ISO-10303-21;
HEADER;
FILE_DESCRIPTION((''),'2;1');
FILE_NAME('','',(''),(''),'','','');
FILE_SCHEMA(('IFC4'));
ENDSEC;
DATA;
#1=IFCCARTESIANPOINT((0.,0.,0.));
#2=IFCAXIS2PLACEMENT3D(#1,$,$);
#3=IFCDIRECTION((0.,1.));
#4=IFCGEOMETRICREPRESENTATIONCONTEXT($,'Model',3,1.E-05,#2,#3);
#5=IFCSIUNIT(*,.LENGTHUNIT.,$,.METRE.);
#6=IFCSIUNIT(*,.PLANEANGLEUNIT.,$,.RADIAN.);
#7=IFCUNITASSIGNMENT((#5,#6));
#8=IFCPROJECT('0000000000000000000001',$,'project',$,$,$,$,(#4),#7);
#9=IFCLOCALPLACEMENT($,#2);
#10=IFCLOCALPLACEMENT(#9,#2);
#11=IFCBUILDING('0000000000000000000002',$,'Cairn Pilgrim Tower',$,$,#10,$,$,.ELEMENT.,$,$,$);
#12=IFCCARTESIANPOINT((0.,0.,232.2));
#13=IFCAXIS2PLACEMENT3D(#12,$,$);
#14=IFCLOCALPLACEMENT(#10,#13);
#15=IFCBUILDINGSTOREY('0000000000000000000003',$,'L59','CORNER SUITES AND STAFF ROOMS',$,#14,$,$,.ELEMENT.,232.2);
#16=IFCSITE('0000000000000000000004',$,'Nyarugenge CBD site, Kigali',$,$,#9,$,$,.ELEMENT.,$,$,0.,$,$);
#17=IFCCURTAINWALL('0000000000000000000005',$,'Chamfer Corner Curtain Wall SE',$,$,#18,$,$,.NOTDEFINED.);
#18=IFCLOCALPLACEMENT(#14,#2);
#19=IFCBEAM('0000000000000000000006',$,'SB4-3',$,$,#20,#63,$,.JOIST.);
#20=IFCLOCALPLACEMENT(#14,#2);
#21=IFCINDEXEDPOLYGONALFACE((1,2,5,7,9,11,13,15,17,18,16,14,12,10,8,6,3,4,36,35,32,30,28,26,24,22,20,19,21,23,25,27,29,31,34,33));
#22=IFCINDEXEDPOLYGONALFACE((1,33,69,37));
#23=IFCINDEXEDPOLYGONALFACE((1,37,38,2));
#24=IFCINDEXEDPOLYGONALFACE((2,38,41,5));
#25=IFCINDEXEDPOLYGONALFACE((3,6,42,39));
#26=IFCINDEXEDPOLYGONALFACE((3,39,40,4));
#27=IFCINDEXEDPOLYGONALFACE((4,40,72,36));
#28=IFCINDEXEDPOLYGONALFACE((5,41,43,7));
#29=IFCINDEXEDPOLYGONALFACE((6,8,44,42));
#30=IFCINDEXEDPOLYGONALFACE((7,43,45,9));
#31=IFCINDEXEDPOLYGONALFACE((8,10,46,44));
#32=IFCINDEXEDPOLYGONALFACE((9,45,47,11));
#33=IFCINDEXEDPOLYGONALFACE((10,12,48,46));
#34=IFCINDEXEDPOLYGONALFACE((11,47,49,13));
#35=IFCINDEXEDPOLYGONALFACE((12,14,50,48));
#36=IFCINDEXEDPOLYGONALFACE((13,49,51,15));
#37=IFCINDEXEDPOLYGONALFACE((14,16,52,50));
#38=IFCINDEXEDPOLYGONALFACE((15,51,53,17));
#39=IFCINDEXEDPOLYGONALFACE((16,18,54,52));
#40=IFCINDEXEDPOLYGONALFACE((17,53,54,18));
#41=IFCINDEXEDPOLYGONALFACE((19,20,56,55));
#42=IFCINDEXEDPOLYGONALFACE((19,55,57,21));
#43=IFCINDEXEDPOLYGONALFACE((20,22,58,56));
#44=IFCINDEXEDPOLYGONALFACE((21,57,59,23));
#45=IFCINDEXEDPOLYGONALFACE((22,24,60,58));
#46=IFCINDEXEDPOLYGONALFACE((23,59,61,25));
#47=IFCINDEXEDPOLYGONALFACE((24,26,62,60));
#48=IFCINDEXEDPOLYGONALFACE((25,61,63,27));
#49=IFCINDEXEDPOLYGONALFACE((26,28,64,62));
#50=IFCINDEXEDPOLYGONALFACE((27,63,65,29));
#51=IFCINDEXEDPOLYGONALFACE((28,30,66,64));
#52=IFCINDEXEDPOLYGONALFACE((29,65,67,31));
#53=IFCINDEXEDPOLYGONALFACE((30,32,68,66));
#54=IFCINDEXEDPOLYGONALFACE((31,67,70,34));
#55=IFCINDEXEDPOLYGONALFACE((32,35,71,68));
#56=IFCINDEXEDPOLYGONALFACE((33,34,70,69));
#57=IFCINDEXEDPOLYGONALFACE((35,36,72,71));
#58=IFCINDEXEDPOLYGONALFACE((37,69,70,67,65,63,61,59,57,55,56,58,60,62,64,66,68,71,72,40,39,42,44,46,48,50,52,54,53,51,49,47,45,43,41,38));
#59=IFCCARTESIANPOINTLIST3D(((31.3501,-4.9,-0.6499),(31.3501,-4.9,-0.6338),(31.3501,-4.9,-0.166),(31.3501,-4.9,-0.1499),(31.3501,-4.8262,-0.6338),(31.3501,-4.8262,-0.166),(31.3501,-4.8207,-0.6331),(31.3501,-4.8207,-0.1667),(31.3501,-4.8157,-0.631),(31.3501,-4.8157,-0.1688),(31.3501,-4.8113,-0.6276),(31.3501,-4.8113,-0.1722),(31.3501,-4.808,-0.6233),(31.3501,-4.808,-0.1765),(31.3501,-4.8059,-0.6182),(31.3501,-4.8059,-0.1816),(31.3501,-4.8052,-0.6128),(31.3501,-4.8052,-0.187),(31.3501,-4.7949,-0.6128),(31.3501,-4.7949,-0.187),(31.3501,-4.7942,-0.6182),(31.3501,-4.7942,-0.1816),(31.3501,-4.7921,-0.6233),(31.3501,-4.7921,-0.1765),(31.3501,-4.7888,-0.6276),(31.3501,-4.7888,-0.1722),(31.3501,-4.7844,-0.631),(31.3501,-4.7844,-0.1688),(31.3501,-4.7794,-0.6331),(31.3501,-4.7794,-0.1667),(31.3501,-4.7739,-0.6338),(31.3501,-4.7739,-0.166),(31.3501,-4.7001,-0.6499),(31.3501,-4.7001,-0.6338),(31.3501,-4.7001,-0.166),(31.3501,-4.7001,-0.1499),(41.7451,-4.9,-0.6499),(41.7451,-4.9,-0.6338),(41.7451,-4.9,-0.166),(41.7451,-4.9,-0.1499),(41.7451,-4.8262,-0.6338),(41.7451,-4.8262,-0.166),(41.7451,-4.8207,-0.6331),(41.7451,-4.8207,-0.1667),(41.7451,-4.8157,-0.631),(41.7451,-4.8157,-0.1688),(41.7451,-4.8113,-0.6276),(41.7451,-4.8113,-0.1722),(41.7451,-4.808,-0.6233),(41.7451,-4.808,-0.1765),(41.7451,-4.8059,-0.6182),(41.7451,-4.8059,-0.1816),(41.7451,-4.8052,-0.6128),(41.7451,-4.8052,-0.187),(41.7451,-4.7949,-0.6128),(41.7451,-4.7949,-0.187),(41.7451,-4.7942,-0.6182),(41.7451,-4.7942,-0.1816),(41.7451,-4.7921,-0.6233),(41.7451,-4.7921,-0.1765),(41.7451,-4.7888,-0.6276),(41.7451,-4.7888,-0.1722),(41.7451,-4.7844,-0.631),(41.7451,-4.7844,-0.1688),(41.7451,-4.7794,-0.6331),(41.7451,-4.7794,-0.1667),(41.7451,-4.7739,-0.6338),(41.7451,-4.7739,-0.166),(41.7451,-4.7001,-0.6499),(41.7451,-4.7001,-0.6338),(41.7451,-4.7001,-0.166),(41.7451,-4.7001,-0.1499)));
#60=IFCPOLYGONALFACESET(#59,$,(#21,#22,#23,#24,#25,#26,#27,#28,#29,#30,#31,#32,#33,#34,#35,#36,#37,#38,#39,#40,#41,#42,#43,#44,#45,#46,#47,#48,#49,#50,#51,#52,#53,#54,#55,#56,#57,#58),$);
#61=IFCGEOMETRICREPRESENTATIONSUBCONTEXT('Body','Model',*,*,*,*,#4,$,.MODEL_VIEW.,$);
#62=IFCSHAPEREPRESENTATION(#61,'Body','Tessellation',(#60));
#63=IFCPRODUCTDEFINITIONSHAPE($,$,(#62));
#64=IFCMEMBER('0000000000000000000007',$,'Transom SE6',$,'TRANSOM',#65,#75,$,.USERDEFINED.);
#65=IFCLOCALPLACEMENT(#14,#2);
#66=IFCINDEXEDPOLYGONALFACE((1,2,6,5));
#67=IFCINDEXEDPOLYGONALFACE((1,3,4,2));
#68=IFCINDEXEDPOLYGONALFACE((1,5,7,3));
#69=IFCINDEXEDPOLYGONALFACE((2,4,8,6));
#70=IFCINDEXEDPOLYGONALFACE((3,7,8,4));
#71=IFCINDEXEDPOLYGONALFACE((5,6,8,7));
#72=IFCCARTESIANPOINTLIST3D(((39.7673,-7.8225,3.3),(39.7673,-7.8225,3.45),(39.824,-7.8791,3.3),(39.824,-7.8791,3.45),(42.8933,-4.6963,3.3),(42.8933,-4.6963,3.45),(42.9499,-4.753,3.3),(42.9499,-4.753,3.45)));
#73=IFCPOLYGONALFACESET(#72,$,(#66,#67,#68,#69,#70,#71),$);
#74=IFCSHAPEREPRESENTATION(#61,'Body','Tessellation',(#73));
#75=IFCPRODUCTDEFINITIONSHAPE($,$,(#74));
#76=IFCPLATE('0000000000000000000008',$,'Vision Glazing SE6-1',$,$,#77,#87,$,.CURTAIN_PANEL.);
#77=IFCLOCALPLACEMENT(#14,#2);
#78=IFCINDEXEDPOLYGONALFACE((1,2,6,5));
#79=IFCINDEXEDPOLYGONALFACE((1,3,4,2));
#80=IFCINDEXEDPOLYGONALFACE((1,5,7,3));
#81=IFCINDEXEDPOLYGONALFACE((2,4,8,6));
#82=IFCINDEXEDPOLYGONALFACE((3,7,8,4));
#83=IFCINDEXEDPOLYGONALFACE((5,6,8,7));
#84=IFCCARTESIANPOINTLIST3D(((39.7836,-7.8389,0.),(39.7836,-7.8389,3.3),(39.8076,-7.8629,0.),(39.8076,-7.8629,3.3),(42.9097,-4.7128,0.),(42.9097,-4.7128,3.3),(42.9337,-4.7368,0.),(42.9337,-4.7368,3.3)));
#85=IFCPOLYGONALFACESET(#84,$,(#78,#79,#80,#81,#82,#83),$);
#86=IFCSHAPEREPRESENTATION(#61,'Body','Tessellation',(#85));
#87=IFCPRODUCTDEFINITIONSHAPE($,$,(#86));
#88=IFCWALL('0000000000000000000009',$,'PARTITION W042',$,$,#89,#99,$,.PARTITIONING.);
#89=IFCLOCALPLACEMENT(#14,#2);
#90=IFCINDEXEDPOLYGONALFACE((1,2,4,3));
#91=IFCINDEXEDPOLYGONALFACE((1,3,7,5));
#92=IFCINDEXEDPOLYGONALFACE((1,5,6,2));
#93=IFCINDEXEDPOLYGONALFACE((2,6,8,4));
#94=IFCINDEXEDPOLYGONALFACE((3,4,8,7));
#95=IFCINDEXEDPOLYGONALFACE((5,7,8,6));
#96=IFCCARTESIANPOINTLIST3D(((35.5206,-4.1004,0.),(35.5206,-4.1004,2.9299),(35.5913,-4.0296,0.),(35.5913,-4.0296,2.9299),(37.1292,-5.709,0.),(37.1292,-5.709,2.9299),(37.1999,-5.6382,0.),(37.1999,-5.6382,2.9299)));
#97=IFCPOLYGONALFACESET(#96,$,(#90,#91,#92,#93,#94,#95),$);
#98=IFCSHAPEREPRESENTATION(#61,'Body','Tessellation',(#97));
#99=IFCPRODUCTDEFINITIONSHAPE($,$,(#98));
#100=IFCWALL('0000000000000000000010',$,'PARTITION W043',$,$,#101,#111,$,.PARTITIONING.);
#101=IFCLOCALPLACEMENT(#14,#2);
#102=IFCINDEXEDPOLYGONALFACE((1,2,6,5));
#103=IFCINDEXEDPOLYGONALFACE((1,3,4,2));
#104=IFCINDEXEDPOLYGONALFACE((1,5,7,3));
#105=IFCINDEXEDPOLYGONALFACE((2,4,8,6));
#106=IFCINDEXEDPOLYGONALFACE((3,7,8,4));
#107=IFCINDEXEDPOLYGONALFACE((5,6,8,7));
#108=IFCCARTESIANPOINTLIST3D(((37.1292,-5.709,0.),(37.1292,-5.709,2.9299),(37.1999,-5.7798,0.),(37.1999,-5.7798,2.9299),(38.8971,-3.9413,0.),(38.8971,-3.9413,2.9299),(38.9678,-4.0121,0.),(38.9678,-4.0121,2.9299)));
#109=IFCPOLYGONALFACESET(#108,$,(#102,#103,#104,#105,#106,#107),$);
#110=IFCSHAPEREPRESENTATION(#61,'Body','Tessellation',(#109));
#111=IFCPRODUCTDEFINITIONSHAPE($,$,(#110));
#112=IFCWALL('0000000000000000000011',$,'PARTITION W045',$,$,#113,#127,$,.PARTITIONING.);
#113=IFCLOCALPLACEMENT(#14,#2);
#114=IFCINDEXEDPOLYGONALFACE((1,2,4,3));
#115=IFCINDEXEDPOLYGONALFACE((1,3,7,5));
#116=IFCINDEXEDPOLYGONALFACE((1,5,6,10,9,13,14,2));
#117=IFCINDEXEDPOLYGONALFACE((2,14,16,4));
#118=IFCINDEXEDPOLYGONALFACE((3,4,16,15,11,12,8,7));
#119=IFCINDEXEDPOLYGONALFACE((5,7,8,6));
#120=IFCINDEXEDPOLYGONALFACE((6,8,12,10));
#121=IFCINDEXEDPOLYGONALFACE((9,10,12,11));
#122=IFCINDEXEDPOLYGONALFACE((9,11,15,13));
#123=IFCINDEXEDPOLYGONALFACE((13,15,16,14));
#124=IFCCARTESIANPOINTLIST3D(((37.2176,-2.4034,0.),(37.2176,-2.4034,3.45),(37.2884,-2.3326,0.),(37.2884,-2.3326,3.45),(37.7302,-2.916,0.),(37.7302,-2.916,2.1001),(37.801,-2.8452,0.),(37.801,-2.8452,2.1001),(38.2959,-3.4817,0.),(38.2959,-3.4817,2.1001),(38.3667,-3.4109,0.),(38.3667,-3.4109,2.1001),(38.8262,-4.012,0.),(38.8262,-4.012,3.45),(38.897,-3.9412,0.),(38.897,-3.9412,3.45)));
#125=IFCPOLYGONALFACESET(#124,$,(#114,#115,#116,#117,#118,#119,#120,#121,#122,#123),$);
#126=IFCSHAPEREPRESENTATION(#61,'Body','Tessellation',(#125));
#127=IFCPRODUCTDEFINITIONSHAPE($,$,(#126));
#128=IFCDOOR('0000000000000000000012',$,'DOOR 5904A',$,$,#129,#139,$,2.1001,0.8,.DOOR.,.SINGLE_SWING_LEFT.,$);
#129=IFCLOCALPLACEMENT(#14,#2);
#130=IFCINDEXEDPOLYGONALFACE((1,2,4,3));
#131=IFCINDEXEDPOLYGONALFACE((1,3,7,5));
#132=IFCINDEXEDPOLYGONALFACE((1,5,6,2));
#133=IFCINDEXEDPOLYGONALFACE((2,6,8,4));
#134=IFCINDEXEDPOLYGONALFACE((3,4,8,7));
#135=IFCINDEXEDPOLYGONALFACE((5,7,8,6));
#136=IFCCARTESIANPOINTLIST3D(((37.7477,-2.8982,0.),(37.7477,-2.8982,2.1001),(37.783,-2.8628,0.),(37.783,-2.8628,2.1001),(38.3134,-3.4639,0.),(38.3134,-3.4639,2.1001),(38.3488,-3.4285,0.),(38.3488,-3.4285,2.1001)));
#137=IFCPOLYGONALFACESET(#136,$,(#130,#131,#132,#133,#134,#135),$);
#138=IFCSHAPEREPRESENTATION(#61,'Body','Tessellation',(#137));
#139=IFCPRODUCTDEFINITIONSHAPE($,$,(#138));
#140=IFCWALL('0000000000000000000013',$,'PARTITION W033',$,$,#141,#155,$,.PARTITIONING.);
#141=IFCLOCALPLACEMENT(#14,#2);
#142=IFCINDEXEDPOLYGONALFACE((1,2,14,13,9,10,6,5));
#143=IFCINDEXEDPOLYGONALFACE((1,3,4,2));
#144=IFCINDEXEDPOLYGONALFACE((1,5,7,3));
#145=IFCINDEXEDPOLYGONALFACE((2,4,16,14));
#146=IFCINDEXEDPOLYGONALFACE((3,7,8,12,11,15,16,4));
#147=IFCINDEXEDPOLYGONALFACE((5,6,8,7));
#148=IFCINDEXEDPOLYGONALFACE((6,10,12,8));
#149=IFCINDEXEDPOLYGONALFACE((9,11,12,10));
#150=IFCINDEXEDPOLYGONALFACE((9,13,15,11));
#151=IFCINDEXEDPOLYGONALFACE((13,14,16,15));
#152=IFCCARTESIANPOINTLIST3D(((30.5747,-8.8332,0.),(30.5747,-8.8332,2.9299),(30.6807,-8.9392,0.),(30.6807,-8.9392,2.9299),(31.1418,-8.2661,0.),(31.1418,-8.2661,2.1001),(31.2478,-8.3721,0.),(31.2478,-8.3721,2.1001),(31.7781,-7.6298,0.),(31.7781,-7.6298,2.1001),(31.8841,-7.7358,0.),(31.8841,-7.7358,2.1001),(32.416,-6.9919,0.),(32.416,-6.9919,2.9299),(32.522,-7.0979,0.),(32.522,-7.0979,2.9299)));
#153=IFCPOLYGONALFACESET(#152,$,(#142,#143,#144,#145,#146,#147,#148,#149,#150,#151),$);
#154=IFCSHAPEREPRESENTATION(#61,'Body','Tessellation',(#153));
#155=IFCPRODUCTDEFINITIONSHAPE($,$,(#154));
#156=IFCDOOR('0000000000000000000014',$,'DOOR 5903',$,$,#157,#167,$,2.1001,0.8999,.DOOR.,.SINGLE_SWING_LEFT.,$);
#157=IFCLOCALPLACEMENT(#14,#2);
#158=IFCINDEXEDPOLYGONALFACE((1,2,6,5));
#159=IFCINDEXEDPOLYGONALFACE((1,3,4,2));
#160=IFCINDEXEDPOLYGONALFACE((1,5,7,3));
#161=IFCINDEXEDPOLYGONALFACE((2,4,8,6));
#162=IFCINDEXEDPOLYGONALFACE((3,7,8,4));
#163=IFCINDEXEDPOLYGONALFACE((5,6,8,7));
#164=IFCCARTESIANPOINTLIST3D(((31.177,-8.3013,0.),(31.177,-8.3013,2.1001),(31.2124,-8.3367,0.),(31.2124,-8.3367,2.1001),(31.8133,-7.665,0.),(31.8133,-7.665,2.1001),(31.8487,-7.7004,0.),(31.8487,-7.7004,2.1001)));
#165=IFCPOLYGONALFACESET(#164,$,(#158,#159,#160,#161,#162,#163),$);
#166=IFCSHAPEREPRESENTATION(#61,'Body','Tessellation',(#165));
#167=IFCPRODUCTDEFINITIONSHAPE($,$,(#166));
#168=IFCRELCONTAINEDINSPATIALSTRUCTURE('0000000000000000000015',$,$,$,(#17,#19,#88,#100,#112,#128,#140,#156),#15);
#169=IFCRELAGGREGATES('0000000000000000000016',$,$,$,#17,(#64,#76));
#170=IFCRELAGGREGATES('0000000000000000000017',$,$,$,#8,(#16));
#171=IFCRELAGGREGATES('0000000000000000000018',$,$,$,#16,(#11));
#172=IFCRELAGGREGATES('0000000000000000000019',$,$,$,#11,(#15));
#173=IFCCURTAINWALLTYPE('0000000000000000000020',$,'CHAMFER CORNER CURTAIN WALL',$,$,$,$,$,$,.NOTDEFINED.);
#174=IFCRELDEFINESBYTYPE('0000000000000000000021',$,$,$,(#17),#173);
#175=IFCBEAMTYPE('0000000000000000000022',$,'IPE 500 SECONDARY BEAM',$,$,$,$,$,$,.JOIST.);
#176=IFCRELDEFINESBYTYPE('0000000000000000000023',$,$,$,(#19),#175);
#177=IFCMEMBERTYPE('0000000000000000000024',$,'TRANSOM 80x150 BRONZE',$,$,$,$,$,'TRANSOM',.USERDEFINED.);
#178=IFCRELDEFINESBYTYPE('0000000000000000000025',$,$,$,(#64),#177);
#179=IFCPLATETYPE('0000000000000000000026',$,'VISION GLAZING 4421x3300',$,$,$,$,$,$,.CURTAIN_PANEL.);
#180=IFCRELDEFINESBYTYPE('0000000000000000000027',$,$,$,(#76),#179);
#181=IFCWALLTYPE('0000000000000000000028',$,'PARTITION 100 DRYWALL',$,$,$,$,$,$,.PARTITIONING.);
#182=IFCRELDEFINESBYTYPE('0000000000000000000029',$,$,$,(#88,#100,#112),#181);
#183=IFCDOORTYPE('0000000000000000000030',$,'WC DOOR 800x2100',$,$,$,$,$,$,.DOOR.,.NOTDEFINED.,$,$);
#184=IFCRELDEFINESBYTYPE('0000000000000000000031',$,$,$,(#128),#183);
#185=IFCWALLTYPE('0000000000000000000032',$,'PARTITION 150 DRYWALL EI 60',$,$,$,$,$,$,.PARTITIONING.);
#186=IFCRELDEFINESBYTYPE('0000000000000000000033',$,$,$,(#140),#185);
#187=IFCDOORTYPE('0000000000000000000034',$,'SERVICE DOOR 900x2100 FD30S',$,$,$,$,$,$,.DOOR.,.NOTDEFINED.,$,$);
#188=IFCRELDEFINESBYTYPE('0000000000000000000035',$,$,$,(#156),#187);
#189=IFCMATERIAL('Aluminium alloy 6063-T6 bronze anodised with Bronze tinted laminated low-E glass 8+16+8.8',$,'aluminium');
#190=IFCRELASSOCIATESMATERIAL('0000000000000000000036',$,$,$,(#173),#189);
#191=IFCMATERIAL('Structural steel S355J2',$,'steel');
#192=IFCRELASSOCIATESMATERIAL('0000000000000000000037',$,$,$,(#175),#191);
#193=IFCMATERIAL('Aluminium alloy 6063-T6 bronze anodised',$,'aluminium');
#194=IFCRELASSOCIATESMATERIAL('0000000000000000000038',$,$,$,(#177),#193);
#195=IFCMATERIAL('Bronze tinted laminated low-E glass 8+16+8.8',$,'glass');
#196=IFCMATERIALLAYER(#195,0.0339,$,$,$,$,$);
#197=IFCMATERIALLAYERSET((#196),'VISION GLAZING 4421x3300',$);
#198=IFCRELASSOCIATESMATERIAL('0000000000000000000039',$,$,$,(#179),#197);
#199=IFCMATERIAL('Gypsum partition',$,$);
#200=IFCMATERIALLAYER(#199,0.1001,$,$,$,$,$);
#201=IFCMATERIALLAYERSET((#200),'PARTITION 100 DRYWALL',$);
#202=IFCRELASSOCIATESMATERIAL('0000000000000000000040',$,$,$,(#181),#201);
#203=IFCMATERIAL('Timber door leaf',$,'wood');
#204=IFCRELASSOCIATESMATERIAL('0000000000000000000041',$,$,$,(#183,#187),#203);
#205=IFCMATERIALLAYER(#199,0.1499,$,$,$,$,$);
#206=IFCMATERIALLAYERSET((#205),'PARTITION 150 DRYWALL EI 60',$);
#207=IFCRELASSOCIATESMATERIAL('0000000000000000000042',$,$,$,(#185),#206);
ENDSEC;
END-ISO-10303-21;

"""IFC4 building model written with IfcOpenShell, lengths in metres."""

from ifc_helpers import new_model, si_unit, direction, frame, frame_2d, origin, origin_2d, place, context, subcontext, project, spatial, rectangle, i_section, extrude, material, layer, layer_set, material_profile, profile_set, type_object, element, fill, aggregate, save


model = new_model("IFC4")

# Units and contexts
model_context = context("Model", 3, precision=1e-05, world=origin(), true_north=direction((0.0, 1.0)))
body_context = subcontext(model_context, "Body", "Model", "MODEL_VIEW")
ifc_project = project(units=[si_unit("LENGTHUNIT", "METRE"), si_unit("PLANEANGLEUNIT", "RADIAN")], contexts=[model_context])

# Site, building, storey
site_placement = place(None, origin())
site = spatial("IfcSite", under=ifc_project, at=site_placement, Name="Nyarugenge CBD site, Kigali", CompositionType="ELEMENT", RefElevation=0.0)
building_placement = place(site_placement, origin())
building = spatial("IfcBuilding", under=site, at=building_placement, Name="Cairn Pilgrim Tower", CompositionType="ELEMENT")
storey_placement = place(building_placement, frame((0.0, 0.0, 232.2)))
storey = spatial("IfcBuildingStorey", under=building, at=storey_placement, Name="L59", Description="CORNER SUITES AND STAFF ROOMS", CompositionType="ELEMENT", Elevation=232.2)

# Shared definitions
ifc_material_1 = material(Name="Structural steel S355J2", Category="steel")

# Curtain wall
ifc_material_2 = material(Name="Aluminium alloy 6063-T6 bronze anodised with Bronze tinted laminated low-E glass 8+16+8.8", Category="aluminium")
curtain_wall_type_1 = type_object("IfcCurtainWallType", Name="CHAMFER CORNER CURTAIN WALL", PredefinedType="NOTDEFINED", material=ifc_material_2)
curtain_wall_1_placement = place(storey_placement, origin())
curtain_wall_1 = element("IfcCurtainWall", 1, at=curtain_wall_1_placement, inside=storey, type_object=curtain_wall_type_1, Name="Chamfer Corner Curtain Wall SE", PredefinedType="NOTDEFINED")
ifc_material_3 = material(Name="Aluminium alloy 6063-T6 bronze anodised", Category="aluminium")

# Beam
ifc_material_profile_1 = material_profile(ifc_material_1, i_section(OverallWidth=0.2, OverallDepth=0.5, WebThickness=0.0103, FlangeThickness=0.0161, FilletRadius=0.021, at=origin_2d()), Name="IPE 500")
ifc_profile_set_1 = profile_set([ifc_material_profile_1], Name="Structural steel S355J2")
beam_type_1 = type_object("IfcBeamType", Name="IPE 500 SECONDARY BEAM", PredefinedType="JOIST", material=ifc_profile_set_1)
beam_1_placement = place(storey_placement, frame((31.3501, -4.8, -0.3999), z_axis=(1.0, 0.0, 0.0), x_axis=(0.0, 1.0, 0.0)))
element("IfcBeam", 2, at=beam_1_placement, inside=storey, type_object=beam_type_1, Name="SB4-3", PredefinedType="JOIST", context=body_context, shape_type="SweptSolid", body=[
    extrude(i_section(OverallWidth=0.2, OverallDepth=0.5, WebThickness=0.0103, FlangeThickness=0.0161, FilletRadius=0.021, at=origin_2d()), origin(), (0.0, 0.0, 1.0), 10.395),
])

# Member
ifc_material_profile_2 = material_profile(ifc_material_3, rectangle(XDim=0.0801, YDim=0.1499, at=origin_2d()), Name="TRANSOM 80x150 BRONZE")
ifc_profile_set_2 = profile_set([ifc_material_profile_2], Name="Aluminium alloy 6063-T6 bronze anodised")
member_type_1 = type_object("IfcMemberType", Name="TRANSOM 80x150 BRONZE", ElementType="TRANSOM", PredefinedType="USERDEFINED", material=ifc_profile_set_2)
member_1_placement = place(storey_placement, frame((39.7957, -7.8508, 3.375), z_axis=(0.707079, 0.707134, 0.0), x_axis=(-0.707134, 0.707079, 0.0)))
member_1 = element("IfcMember", 3, at=member_1_placement, type_object=member_type_1, Name="Transom SE6", ObjectType="TRANSOM", PredefinedType="USERDEFINED", context=body_context, shape_type="SweptSolid", body=[
    extrude(rectangle(XDim=0.0801, YDim=0.1499, at=origin_2d()), origin(), (0.0, 0.0, 1.0), 4.4209),
])

# Plate
ifc_material_4 = material(Name="Bronze tinted laminated low-E glass 8+16+8.8", Category="glass")
ifc_layer_1 = layer(ifc_material_4, 0.0339)
ifc_layer_set_1 = layer_set([ifc_layer_1], Name="VISION GLAZING 4421x3300")
plate_type = type_object("IfcPlateType", Name="VISION GLAZING 4421x3300", PredefinedType="CURTAIN_PANEL", material=ifc_layer_set_1)
plate_placement = place(storey_placement, frame((41.3586, -6.2878, 0.0), z_axis=(0.0, 0.0, 1.0), x_axis=(0.707107, 0.707107, 0.0)))
plate = element("IfcPlate", 4, at=plate_placement, type_object=plate_type, Name="Vision Glazing SE6-1", PredefinedType="CURTAIN_PANEL", context=body_context, shape_type="SweptSolid", body=[
    extrude(rectangle(XDim=4.4209, YDim=0.0339, at=origin_2d()), origin(), (0.0, 0.0, 1.0), 3.3),
])
aggregate(curtain_wall_1, [member_1, plate])

# Walls
ifc_material_5 = material(Name="Gypsum partition")
ifc_layer_2 = layer(ifc_material_5, 0.1001)
ifc_layer_set_2 = layer_set([ifc_layer_2], Name="PARTITION 100 DRYWALL")
wall_type_1 = type_object("IfcWallType", Name="PARTITION 100 DRYWALL", PredefinedType="PARTITIONING", material=ifc_layer_set_2)
wall_1_placement = place(storey_placement, frame((37.1646, -5.6736, 0.0), z_axis=(0.0, 0.0, 1.0), x_axis=(-0.707107, 0.707107, 0.0)))
element("IfcWall", 5, at=wall_1_placement, inside=storey, type_object=wall_type_1, Name="PARTITION W042", PredefinedType="PARTITIONING", context=body_context, shape_type="SweptSolid", body=[
    extrude(rectangle(XDim=2.2749, YDim=0.1001, at=frame_2d((1.1375, 0.0))), origin(), (0.0, 0.0, 1.0), 2.9299),
])
wall_2_placement = place(storey_placement, frame((37.1646, -5.7444, 0.0), z_axis=(0.0, 0.0, 1.0), x_axis=(0.707156, 0.707058, 0.0)))
element("IfcWall", 6, at=wall_2_placement, inside=storey, type_object=wall_type_1, Name="PARTITION W043", PredefinedType="PARTITIONING", context=body_context, shape_type="SweptSolid", body=[
    extrude(rectangle(XDim=2.5, YDim=0.1001, at=frame_2d((1.25, 0.0))), origin(), (0.0, 0.0, 1.0), 2.9299),
])

# Walls, openings, doors
wall_3_placement = place(storey_placement, frame((38.8616, -3.9766, 0.0), z_axis=(0.0, 0.0, 1.0), x_axis=(-0.707107, 0.707107, 0.0)))
wall_3 = element("IfcWall", 7, at=wall_3_placement, inside=storey, type_object=wall_type_1, Name="PARTITION W045", PredefinedType="PARTITIONING", context=body_context, shape_type="SweptSolid", body=[
    extrude(rectangle(XDim=2.2749, YDim=0.1001, at=frame_2d((1.1375, 0.0))), origin(), (0.0, 0.0, 1.0), 3.45),
])
opening_1_placement = place(wall_3_placement, frame((0.75, 0.0, 0.0)))
opening_1 = element("IfcOpeningElement", 8, at=opening_1_placement, cuts=wall_3, PredefinedType="OPENING", context=body_context, shape_type="SweptSolid", body=[
    extrude(rectangle(XDim=0.8, YDim=2.1001, at=frame_2d((0.3999, 1.05))), frame((0.0, 0.0601, 0.0), z_axis=(0.0, -1.0, 0.0), x_axis=(1.0, 0.0, 0.0)), (0.0, 0.0, 1.0), 0.1201),
])
ifc_material_6 = material(Name="Timber door leaf", Category="wood")
door_type_1 = type_object("IfcDoorType", Name="WC DOOR 800x2100", OperationType="NOTDEFINED", PredefinedType="DOOR", material=ifc_material_6)
door_1_placement = place(opening_1_placement, frame((0.8, 0.0, 0.0), z_axis=(0.0, 0.0, 1.0), x_axis=(-1.0, 0.0, 0.0)))
door_1 = element("IfcDoor", 9, at=door_1_placement, inside=storey, type_object=door_type_1, Name="DOOR 5904A", OperationType="SINGLE_SWING_LEFT", OverallHeight=2.1001, OverallWidth=0.8, PredefinedType="DOOR", context=body_context, shape_type="SweptSolid", body=[
    extrude(rectangle(XDim=0.8, YDim=2.1001, at=frame_2d((0.3999, 1.05))), frame((0.0, 0.0249, 0.0), z_axis=(0.0, -1.0, 0.0), x_axis=(1.0, 0.0, 0.0)), (0.0, 0.0, 1.0), 0.05),
])
fill(opening_1, door_1)
ifc_layer_3 = layer(ifc_material_5, 0.1499)
ifc_layer_set_3 = layer_set([ifc_layer_3], Name="PARTITION 150 DRYWALL EI 60")
wall_type_2 = type_object("IfcWallType", Name="PARTITION 150 DRYWALL EI 60", PredefinedType="PARTITIONING", material=ifc_layer_set_3)
wall_4_placement = place(storey_placement, frame((30.6277, -8.8862, 0.0), z_axis=(0.0, 0.0, 1.0), x_axis=(0.707107, 0.707107, 0.0)))
wall_4 = element("IfcWall", 10, at=wall_4_placement, inside=storey, type_object=wall_type_2, Name="PARTITION W033", PredefinedType="PARTITIONING", context=body_context, shape_type="SweptSolid", body=[
    extrude(rectangle(XDim=2.604, YDim=0.1499, at=frame_2d((1.302, 0.0))), origin(), (0.0, 0.0, 1.0), 2.9299),
])
opening_2_placement = place(wall_4_placement, frame((0.802, 0.0, 0.0)))
opening_2 = element("IfcOpeningElement", 11, at=opening_2_placement, cuts=wall_4, PredefinedType="OPENING", context=body_context, shape_type="SweptSolid", body=[
    extrude(rectangle(XDim=0.8999, YDim=2.1001, at=frame_2d((0.45, 1.05))), frame((0.0, 0.085, 0.0), z_axis=(0.0, -1.0, 0.0), x_axis=(1.0, 0.0, 0.0)), (0.0, 0.0, 1.0), 0.1699),
])
door_type_2 = type_object("IfcDoorType", Name="SERVICE DOOR 900x2100 FD30S", OperationType="NOTDEFINED", PredefinedType="DOOR", material=ifc_material_6)
door_2_placement = place(opening_2_placement, frame((0.8999, 0.0, 0.0), z_axis=(0.0, 0.0, 1.0), x_axis=(-1.0, 0.0, 0.0)))
door_2 = element("IfcDoor", 12, at=door_2_placement, inside=storey, type_object=door_type_2, Name="DOOR 5903", OperationType="SINGLE_SWING_LEFT", OverallHeight=2.1001, OverallWidth=0.8999, PredefinedType="DOOR", context=body_context, shape_type="SweptSolid", body=[
    extrude(rectangle(XDim=0.8999, YDim=2.1001, at=frame_2d((0.45, 1.05))), frame((0.0, 0.0249, 0.0), z_axis=(0.0, -1.0, 0.0), x_axis=(1.0, 0.0, 0.0)), (0.0, 0.0, 1.0), 0.05),
])
fill(opening_2, door_2)

save(model, "model.ifc")
